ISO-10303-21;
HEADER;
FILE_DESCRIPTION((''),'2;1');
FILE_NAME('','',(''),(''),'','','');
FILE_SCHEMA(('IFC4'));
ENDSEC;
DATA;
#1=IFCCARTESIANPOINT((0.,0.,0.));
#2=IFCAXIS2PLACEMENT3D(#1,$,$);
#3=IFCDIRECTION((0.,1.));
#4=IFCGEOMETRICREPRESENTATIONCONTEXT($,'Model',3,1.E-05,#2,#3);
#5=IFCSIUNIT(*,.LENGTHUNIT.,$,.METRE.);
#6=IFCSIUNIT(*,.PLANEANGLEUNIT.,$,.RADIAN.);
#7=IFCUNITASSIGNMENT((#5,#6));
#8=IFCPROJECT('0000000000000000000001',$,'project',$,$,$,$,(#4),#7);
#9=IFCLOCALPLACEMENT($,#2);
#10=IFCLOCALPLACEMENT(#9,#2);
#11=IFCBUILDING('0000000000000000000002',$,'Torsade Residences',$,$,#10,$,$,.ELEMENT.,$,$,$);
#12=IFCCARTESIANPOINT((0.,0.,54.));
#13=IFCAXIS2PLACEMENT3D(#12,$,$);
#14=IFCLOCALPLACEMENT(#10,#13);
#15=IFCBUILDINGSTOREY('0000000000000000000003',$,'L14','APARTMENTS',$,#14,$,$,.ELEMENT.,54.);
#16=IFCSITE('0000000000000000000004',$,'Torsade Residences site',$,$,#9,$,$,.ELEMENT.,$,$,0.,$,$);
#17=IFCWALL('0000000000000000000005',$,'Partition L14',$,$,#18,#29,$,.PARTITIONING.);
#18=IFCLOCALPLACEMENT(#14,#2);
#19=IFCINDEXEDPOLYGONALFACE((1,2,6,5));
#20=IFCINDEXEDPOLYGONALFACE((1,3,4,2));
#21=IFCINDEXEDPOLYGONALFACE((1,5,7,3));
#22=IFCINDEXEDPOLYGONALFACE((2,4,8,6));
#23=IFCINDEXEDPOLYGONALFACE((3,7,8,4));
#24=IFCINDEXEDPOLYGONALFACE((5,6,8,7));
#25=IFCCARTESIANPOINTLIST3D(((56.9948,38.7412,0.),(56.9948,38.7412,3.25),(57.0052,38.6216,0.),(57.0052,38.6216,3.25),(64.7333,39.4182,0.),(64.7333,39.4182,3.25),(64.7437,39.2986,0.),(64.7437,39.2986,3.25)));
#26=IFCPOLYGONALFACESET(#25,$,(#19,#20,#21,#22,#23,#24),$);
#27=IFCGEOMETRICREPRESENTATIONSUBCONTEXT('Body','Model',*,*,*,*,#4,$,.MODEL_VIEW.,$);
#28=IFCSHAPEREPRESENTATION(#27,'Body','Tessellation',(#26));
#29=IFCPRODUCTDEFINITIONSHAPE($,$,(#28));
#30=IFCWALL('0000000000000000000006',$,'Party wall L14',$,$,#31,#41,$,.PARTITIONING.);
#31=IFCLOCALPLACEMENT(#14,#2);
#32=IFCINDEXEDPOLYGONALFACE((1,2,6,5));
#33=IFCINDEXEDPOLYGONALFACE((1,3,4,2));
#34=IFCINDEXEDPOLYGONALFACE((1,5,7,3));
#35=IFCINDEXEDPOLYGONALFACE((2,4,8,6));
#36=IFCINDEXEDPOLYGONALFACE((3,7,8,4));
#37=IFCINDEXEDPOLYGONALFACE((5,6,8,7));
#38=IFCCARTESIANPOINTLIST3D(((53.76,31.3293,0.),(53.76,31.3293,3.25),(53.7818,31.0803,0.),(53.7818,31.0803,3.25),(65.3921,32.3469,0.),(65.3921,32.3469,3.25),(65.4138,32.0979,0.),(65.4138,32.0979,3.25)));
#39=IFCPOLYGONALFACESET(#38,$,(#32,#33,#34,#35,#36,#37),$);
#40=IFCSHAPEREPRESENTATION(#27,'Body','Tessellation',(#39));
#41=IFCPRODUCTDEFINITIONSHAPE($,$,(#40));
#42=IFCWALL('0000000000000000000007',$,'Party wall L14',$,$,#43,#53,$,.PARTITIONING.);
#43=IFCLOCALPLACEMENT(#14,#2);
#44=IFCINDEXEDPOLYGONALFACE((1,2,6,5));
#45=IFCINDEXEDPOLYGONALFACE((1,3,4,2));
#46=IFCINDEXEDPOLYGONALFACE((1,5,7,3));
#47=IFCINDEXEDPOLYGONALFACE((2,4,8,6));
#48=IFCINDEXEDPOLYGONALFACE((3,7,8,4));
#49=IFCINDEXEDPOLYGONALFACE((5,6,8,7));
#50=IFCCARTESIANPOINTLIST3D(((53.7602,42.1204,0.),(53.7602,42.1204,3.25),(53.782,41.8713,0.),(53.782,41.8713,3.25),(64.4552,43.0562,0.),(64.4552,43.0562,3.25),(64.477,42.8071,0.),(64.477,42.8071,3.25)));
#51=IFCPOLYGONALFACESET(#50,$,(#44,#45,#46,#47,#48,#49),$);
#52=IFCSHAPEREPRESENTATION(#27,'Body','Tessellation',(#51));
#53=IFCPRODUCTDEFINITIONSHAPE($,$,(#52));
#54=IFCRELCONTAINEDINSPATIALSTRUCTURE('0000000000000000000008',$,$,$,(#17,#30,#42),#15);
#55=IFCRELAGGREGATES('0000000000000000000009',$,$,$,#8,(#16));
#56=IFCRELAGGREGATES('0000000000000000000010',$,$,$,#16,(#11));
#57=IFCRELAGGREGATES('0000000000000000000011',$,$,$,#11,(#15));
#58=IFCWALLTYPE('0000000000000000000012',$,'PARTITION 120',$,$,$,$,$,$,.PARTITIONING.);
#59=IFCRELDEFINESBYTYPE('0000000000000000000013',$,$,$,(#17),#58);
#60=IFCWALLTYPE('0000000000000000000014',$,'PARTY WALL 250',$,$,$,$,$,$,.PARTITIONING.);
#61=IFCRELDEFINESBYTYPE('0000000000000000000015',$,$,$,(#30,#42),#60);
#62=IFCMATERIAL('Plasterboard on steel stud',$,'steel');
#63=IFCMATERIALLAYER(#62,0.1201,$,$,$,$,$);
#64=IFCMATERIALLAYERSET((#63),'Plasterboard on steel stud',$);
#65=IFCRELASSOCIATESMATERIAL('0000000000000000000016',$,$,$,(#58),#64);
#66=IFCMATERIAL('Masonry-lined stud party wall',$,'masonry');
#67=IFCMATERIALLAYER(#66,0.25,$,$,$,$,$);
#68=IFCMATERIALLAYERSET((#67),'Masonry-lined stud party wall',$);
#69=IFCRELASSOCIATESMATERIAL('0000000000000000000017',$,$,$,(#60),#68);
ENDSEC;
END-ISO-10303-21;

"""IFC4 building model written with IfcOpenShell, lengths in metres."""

from ifc_helpers import new_model, si_unit, direction, frame, frame_2d, origin, place, context, subcontext, project, spatial, rectangle, extrude, material, layer, layer_set, type_object, element, save


model = new_model("IFC4")

# Units and contexts
model_context = context("Model", 3, precision=1e-05, world=origin(), true_north=direction((0.0, 1.0)))
body_context = subcontext(model_context, "Body", "Model", "MODEL_VIEW")
ifc_project = project(units=[si_unit("LENGTHUNIT", "METRE"), si_unit("PLANEANGLEUNIT", "RADIAN")], contexts=[model_context])

# Site, building, storey
site_placement = place(None, origin())
site = spatial("IfcSite", under=ifc_project, at=site_placement, Name="Torsade Residences site", CompositionType="ELEMENT", RefElevation=0.0)
building_placement = place(site_placement, origin())
building = spatial("IfcBuilding", under=site, at=building_placement, Name="Torsade Residences", CompositionType="ELEMENT")
storey_placement = place(building_placement, frame((0.0, 0.0, 54.0)))
storey = spatial("IfcBuildingStorey", under=building, at=storey_placement, Name="L14", Description="APARTMENTS", CompositionType="ELEMENT", Elevation=54.0)

# Shared definitions
ifc_material_1 = material(Name="Plasterboard on steel stud", Category="steel")
ifc_layer_1 = layer(ifc_material_1, 0.1201)
ifc_layer_set_1 = layer_set([ifc_layer_1], Name="Plasterboard on steel stud")
wall_type_1 = type_object("IfcWallType", Name="PARTITION 120", PredefinedType="PARTITIONING", material=ifc_layer_set_1)

# Walls
wall_1_placement = place(storey_placement, frame((57.0, 38.6814, 0.0), z_axis=(0.0, 0.0, 1.0), x_axis=(0.996195, 0.087152, 0.0)))
element("IfcWall", 1, at=wall_1_placement, inside=storey, type_object=wall_type_1, Name="Partition L14", PredefinedType="PARTITIONING", context=body_context, shape_type="SweptSolid", body=[
    extrude(rectangle(XDim=7.7681, YDim=0.1201, at=frame_2d((3.884, 0.0))), origin(), (0.0, 0.0, 1.0), 3.25),
])
ifc_material_2 = material(Name="Masonry-lined stud party wall", Category="masonry")
ifc_layer_2 = layer(ifc_material_2, 0.25)
ifc_layer_set_2 = layer_set([ifc_layer_2], Name="Masonry-lined stud party wall")
wall_type_2 = type_object("IfcWallType", Name="PARTY WALL 250", PredefinedType="PARTITIONING", material=ifc_layer_set_2)
wall_2_placement = place(storey_placement, frame((65.4031, 32.2224, 0.0), z_axis=(0.0, 0.0, 1.0), x_axis=(-0.996195, -0.087147, 0.0)))
element("IfcWall", 2, at=wall_2_placement, inside=storey, type_object=wall_type_2, Name="Party wall L14", PredefinedType="PARTITIONING", context=body_context, shape_type="SweptSolid", body=[
    extrude(rectangle(XDim=11.6765, YDim=0.25, at=frame_2d((5.8384, 0.0))), origin(), (0.0, 0.0, 1.0), 3.25),
])
wall_3_placement = place(storey_placement, frame((64.4661, 42.9316, 0.0), z_axis=(0.0, 0.0, 1.0), x_axis=(-0.996194, -0.087164, 0.0)))
element("IfcWall", 3, at=wall_3_placement, inside=storey, type_object=wall_type_2, Name="Party wall L14", PredefinedType="PARTITIONING", context=body_context, shape_type="SweptSolid", body=[
    extrude(rectangle(XDim=10.7358, YDim=0.25, at=frame_2d((5.3679, 0.0))), origin(), (0.0, 0.0, 1.0), 3.25),
])

save(model, "model.ifc")
